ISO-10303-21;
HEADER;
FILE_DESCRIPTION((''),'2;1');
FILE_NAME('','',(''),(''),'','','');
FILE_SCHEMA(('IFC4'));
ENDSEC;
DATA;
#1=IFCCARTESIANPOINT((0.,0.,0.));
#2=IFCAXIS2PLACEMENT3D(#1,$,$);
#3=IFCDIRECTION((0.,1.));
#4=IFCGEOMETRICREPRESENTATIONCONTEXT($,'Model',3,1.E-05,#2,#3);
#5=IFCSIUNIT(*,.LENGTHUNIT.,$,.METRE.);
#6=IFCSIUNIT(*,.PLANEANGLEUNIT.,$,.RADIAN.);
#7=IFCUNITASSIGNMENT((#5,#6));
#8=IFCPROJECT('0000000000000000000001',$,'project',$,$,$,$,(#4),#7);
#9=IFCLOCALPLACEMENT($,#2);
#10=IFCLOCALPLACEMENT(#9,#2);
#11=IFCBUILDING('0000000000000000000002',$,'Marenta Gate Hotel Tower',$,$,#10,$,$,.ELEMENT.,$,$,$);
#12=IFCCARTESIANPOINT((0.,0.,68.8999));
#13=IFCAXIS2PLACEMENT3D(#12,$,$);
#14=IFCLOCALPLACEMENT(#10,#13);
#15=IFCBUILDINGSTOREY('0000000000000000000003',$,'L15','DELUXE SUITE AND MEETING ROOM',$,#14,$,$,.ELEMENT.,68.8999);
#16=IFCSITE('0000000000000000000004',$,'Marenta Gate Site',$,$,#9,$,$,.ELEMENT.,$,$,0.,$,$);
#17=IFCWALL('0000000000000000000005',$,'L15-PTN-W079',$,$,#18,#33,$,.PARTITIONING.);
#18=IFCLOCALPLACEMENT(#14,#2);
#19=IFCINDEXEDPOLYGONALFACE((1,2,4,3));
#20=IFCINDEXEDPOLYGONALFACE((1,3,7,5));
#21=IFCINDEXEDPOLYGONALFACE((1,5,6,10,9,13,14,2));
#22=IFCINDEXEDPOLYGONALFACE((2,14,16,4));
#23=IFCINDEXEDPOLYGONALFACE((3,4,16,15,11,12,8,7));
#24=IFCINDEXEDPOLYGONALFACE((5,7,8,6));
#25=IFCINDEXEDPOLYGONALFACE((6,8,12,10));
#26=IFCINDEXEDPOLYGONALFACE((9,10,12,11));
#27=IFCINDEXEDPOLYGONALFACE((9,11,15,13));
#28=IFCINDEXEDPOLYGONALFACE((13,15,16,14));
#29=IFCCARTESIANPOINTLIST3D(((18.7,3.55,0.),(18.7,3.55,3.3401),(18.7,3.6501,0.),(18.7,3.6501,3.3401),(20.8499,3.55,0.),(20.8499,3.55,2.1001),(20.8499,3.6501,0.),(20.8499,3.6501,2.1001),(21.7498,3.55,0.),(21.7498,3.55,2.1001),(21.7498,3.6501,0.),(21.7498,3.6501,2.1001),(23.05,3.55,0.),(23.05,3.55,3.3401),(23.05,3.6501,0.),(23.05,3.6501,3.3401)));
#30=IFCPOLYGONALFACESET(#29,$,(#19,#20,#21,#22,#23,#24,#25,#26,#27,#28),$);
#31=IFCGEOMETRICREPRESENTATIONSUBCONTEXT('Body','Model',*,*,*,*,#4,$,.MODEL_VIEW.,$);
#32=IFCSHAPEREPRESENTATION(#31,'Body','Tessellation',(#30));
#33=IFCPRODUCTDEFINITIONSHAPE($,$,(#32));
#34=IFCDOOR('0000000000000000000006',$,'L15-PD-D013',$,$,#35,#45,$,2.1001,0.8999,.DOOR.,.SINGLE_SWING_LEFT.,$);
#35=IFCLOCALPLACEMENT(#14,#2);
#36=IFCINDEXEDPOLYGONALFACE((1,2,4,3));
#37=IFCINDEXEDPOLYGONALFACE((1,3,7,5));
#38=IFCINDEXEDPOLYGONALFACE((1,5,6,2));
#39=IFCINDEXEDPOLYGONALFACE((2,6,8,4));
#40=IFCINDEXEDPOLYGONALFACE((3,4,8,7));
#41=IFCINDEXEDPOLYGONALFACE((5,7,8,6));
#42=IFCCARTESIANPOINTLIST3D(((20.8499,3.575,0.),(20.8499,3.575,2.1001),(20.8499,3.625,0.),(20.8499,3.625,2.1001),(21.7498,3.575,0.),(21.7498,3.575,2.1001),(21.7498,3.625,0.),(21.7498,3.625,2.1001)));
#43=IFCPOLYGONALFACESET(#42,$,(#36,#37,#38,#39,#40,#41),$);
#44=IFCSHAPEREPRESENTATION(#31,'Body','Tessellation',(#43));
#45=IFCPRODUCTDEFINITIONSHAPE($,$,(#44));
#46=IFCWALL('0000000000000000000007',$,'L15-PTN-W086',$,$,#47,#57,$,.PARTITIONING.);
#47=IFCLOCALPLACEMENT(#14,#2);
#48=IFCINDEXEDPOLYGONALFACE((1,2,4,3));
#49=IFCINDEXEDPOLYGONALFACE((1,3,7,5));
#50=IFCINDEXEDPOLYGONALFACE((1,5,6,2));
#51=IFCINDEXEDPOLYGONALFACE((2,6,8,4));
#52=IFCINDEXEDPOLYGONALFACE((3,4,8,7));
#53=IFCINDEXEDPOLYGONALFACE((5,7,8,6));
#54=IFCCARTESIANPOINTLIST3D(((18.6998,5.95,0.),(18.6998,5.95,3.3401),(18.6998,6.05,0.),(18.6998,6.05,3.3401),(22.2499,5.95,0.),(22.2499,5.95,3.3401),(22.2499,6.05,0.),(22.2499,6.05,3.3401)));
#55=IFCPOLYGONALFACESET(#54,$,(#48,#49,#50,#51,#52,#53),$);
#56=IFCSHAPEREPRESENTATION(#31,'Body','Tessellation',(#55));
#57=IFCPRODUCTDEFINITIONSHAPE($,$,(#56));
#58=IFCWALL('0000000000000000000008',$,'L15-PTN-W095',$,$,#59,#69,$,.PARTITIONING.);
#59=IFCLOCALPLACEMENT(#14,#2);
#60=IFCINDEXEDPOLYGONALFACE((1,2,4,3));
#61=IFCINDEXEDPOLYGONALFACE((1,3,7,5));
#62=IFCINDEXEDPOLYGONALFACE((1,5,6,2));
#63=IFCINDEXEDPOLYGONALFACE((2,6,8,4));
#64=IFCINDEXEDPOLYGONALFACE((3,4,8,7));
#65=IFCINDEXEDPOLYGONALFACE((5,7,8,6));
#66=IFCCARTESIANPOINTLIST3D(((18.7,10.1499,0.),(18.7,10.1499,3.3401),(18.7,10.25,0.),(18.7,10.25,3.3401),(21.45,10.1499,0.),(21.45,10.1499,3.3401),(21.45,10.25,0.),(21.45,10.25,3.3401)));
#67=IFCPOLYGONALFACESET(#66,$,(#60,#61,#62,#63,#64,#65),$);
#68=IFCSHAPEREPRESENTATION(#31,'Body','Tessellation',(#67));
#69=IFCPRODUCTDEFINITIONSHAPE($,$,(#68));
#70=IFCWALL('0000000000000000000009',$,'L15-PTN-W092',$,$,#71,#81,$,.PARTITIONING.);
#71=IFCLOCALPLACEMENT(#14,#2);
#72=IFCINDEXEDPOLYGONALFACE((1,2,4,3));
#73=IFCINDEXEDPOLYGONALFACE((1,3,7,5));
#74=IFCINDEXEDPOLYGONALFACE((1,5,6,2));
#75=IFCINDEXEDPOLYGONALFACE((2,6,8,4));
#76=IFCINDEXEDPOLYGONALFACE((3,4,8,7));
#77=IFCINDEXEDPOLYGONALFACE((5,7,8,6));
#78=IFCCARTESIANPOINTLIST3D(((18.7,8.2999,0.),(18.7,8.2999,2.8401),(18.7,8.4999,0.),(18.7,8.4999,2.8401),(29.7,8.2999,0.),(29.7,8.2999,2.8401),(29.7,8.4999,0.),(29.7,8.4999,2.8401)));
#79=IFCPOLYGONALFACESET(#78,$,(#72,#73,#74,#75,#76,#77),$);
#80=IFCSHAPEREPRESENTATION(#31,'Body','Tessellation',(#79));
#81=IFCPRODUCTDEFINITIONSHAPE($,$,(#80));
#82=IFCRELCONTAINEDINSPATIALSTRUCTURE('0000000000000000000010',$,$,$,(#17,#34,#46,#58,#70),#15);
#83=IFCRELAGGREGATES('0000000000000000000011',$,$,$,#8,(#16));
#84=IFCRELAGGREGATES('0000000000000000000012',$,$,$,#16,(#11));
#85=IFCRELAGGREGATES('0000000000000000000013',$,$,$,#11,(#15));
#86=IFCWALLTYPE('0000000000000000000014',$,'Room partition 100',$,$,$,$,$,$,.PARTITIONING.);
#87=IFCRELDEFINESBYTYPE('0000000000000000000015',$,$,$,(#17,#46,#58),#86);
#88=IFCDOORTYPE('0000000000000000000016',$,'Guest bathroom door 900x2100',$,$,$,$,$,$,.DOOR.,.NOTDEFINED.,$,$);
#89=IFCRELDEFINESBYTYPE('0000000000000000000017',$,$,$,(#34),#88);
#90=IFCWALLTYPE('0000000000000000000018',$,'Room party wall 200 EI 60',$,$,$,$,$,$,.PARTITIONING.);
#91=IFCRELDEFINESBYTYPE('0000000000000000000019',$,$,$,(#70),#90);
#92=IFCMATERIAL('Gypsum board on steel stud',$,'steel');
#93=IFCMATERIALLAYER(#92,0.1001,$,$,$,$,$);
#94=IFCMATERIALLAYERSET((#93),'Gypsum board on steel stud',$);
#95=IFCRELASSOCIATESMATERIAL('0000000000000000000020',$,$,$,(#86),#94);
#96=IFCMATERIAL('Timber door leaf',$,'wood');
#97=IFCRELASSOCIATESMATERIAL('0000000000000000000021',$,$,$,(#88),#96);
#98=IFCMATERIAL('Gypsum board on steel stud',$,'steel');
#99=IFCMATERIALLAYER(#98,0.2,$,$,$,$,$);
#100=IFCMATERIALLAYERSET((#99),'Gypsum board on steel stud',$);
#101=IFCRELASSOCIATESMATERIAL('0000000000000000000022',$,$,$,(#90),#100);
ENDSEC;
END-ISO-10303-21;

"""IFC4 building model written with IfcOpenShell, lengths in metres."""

from ifc_helpers import new_model, si_unit, direction, frame, frame_2d, origin, place, context, subcontext, project, spatial, rectangle, extrude, material, layer, layer_set, type_object, element, fill, save


model = new_model("IFC4")

# Units and contexts
model_context = context("Model", 3, precision=1e-05, world=origin(), true_north=direction((0.0, 1.0)))
body_context = subcontext(model_context, "Body", "Model", "MODEL_VIEW")
ifc_project = project(units=[si_unit("LENGTHUNIT", "METRE"), si_unit("PLANEANGLEUNIT", "RADIAN")], contexts=[model_context])

# Site, building, storey
site_placement = place(None, origin())
site = spatial("IfcSite", under=ifc_project, at=site_placement, Name="Marenta Gate Site", CompositionType="ELEMENT", RefElevation=0.0)
building_placement = place(site_placement, origin())
building = spatial("IfcBuilding", under=site, at=building_placement, Name="Marenta Gate Hotel Tower", CompositionType="ELEMENT")
storey_placement = place(building_placement, frame((0.0, 0.0, 68.8999)))
storey = spatial("IfcBuildingStorey", under=building, at=storey_placement, Name="L15", Description="DELUXE SUITE AND MEETING ROOM", CompositionType="ELEMENT", Elevation=68.8999)

# Wall, opening, door
ifc_material_1 = material(Name="Gypsum board on steel stud", Category="steel")
ifc_layer_1 = layer(ifc_material_1, 0.1001)
ifc_layer_set_1 = layer_set([ifc_layer_1], Name="Gypsum board on steel stud")
wall_type_1 = type_object("IfcWallType", Name="Room partition 100", PredefinedType="PARTITIONING", material=ifc_layer_set_1)
ifc_material_2 = material(Name="Timber door leaf", Category="wood")
door_type_1 = type_object("IfcDoorType", Name="Guest bathroom door 900x2100", OperationType="NOTDEFINED", PredefinedType="DOOR", material=ifc_material_2)
wall_1_placement = place(storey_placement, frame((18.7, 3.6001, 0.0), z_axis=(0.0, 0.0, 1.0), x_axis=(1.0, 0.0, 0.0)))
wall_1 = element("IfcWall", 1, at=wall_1_placement, inside=storey, type_object=wall_type_1, Name="L15-PTN-W079", PredefinedType="PARTITIONING", context=body_context, shape_type="SweptSolid", body=[
    extrude(rectangle(XDim=4.3501, YDim=0.1001, at=frame_2d((2.175, 0.0))), origin(), (0.0, 0.0, 1.0), 3.3401),
])
opening_1_placement = place(wall_1_placement, frame((2.1499, 0.0, 0.0)))
opening_1 = element("IfcOpeningElement", 2, at=opening_1_placement, cuts=wall_1, PredefinedType="OPENING", context=body_context, shape_type="SweptSolid", body=[
    extrude(rectangle(XDim=0.8999, YDim=2.1001, at=frame_2d((0.45, 1.05))), frame((0.0, 0.05, 0.0), z_axis=(0.0, -1.0, 0.0), x_axis=(1.0, 0.0, 0.0)), (0.0, 0.0, 1.0), 0.1001),
])
door_1_placement = place(opening_1_placement, origin())
door_1 = element("IfcDoor", 3, at=door_1_placement, inside=storey, type_object=door_type_1, Name="L15-PD-D013", OperationType="SINGLE_SWING_LEFT", OverallHeight=2.1001, OverallWidth=0.8999, PredefinedType="DOOR", context=body_context, shape_type="SweptSolid", body=[
    extrude(rectangle(XDim=0.8999, YDim=2.1001, at=frame_2d((0.45, 1.05))), frame((0.0, 0.0249, 0.0), z_axis=(0.0, -1.0, 0.0), x_axis=(1.0, 0.0, 0.0)), (0.0, 0.0, 1.0), 0.05),
])
fill(opening_1, door_1)

# Walls
wall_2_placement = place(storey_placement, frame((18.7, 6.0, 0.0), z_axis=(0.0, 0.0, 1.0), x_axis=(1.0, 0.0, 0.0)))
element("IfcWall", 4, at=wall_2_placement, inside=storey, type_object=wall_type_1, Name="L15-PTN-W086", PredefinedType="PARTITIONING", context=body_context, shape_type="SweptSolid", body=[
    extrude(rectangle(XDim=3.55, YDim=0.1001, at=frame_2d((1.7749, 0.0))), origin(), (0.0, 0.0, 1.0), 3.3401),
])
wall_3_placement = place(storey_placement, frame((18.7, 10.2, 0.0), z_axis=(0.0, 0.0, 1.0), x_axis=(1.0, 0.0, 0.0)))
element("IfcWall", 5, at=wall_3_placement, inside=storey, type_object=wall_type_1, Name="L15-PTN-W095", PredefinedType="PARTITIONING", context=body_context, shape_type="SweptSolid", body=[
    extrude(rectangle(XDim=2.75, YDim=0.1001, at=frame_2d((1.375, 0.0))), origin(), (0.0, 0.0, 1.0), 3.3401),
])
ifc_material_3 = material(Name="Gypsum board on steel stud", Category="steel")
ifc_layer_2 = layer(ifc_material_3, 0.2)
ifc_layer_set_2 = layer_set([ifc_layer_2], Name="Gypsum board on steel stud")
wall_type_2 = type_object("IfcWallType", Name="Room party wall 200 EI 60", PredefinedType="PARTITIONING", material=ifc_layer_set_2)
wall_4_placement = place(storey_placement, frame((18.7, 8.3999, 0.0), z_axis=(0.0, 0.0, 1.0), x_axis=(1.0, 0.0, 0.0)))
element("IfcWall", 6, at=wall_4_placement, inside=storey, type_object=wall_type_2, Name="L15-PTN-W092", PredefinedType="PARTITIONING", context=body_context, shape_type="SweptSolid", body=[
    extrude(rectangle(XDim=11.0, YDim=0.2, at=frame_2d((5.5, 0.0))), origin(), (0.0, 0.0, 1.0), 2.8401),
])

save(model, "model.ifc")
